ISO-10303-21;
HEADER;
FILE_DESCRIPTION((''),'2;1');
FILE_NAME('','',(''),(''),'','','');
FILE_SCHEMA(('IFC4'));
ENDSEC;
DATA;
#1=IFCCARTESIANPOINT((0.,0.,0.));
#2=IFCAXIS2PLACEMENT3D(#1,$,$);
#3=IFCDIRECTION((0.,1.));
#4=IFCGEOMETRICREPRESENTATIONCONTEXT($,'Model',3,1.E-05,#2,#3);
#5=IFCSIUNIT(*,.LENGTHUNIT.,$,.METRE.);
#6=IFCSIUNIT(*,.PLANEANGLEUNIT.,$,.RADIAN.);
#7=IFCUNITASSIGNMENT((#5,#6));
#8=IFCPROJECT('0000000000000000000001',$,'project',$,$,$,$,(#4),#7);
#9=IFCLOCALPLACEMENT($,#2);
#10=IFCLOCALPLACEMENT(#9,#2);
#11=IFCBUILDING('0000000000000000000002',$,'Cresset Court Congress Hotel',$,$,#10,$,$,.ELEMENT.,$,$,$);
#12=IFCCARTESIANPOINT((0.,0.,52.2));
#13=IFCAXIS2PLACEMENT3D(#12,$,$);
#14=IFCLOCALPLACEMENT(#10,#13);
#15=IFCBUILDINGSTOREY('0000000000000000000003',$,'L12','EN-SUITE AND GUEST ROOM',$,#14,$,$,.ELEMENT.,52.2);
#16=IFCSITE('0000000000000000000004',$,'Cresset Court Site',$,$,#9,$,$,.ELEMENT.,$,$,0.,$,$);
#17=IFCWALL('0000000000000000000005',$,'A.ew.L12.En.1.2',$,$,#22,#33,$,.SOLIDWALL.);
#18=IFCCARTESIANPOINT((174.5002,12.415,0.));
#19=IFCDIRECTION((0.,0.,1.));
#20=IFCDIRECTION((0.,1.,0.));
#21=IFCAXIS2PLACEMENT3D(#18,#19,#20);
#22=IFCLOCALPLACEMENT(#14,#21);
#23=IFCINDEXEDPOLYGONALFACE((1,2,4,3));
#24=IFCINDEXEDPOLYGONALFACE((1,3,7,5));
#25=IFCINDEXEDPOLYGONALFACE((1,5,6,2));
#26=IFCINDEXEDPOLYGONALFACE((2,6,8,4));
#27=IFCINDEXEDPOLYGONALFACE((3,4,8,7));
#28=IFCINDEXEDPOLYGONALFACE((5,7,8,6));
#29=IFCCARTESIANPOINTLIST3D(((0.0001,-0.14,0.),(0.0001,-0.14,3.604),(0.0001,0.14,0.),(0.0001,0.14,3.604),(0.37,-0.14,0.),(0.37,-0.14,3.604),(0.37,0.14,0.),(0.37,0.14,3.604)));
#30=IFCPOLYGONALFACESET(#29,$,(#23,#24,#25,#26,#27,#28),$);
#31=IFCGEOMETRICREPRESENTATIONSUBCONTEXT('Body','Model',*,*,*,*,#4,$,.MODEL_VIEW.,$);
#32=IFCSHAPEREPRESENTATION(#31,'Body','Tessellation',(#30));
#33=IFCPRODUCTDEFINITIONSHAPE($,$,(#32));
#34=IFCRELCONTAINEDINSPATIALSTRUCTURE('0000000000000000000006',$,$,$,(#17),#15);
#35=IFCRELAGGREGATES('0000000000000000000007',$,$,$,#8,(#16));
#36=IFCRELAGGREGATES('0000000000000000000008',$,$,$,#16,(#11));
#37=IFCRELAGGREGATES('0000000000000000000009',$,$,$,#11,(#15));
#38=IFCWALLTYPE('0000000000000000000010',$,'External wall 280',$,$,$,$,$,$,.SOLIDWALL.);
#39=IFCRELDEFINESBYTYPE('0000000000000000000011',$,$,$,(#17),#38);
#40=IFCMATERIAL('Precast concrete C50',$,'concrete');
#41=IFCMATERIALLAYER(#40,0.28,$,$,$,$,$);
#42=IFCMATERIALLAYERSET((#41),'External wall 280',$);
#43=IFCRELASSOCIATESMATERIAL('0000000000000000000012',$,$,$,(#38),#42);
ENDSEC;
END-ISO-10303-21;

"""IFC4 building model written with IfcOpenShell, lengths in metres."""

from ifc_helpers import new_model, si_unit, direction, frame, frame_2d, origin, place, context, subcontext, project, spatial, rectangle, extrude, material, layer, layer_set, type_object, element, save


model = new_model("IFC4")

# Units and contexts
model_context = context("Model", 3, precision=1e-05, world=origin(), true_north=direction((0.0, 1.0)))
body_context = subcontext(model_context, "Body", "Model", "MODEL_VIEW")
ifc_project = project(units=[si_unit("LENGTHUNIT", "METRE"), si_unit("PLANEANGLEUNIT", "RADIAN")], contexts=[model_context])

# Site, building, storey
site_placement = place(None, origin())
site = spatial("IfcSite", under=ifc_project, at=site_placement, Name="Cresset Court Site", CompositionType="ELEMENT", RefElevation=0.0)
building_placement = place(site_placement, origin())
building = spatial("IfcBuilding", under=site, at=building_placement, Name="Cresset Court Congress Hotel", CompositionType="ELEMENT")
storey_placement = place(building_placement, frame((0.0, 0.0, 52.2)))
storey = spatial("IfcBuildingStorey", under=building, at=storey_placement, Name="L12", Description="EN-SUITE AND GUEST ROOM", CompositionType="ELEMENT", Elevation=52.2)

# Shared definitions
ifc_material_1 = material(Name="Precast concrete C50", Category="concrete")
ifc_layer_1 = layer(ifc_material_1, 0.28)
ifc_layer_set_1 = layer_set([ifc_layer_1], Name="External wall 280")
wall_type_1 = type_object("IfcWallType", Name="External wall 280", PredefinedType="SOLIDWALL", material=ifc_layer_set_1)

# Wall
wall_1_placement = place(storey_placement, frame((174.5002, 12.415, 0.0), z_axis=(0.0, 0.0, 1.0), x_axis=(0.0, 1.0, 0.0)))
element("IfcWall", 1, at=wall_1_placement, inside=storey, type_object=wall_type_1, Name="A.ew.L12.En.1.2", PredefinedType="SOLIDWALL", context=body_context, shape_type="SweptSolid", body=[
    extrude(rectangle(XDim=0.3699, YDim=0.28, at=frame_2d((0.1851, 0.0))), origin(), (0.0, 0.0, 1.0), 3.604),
])

save(model, "model.ifc")
